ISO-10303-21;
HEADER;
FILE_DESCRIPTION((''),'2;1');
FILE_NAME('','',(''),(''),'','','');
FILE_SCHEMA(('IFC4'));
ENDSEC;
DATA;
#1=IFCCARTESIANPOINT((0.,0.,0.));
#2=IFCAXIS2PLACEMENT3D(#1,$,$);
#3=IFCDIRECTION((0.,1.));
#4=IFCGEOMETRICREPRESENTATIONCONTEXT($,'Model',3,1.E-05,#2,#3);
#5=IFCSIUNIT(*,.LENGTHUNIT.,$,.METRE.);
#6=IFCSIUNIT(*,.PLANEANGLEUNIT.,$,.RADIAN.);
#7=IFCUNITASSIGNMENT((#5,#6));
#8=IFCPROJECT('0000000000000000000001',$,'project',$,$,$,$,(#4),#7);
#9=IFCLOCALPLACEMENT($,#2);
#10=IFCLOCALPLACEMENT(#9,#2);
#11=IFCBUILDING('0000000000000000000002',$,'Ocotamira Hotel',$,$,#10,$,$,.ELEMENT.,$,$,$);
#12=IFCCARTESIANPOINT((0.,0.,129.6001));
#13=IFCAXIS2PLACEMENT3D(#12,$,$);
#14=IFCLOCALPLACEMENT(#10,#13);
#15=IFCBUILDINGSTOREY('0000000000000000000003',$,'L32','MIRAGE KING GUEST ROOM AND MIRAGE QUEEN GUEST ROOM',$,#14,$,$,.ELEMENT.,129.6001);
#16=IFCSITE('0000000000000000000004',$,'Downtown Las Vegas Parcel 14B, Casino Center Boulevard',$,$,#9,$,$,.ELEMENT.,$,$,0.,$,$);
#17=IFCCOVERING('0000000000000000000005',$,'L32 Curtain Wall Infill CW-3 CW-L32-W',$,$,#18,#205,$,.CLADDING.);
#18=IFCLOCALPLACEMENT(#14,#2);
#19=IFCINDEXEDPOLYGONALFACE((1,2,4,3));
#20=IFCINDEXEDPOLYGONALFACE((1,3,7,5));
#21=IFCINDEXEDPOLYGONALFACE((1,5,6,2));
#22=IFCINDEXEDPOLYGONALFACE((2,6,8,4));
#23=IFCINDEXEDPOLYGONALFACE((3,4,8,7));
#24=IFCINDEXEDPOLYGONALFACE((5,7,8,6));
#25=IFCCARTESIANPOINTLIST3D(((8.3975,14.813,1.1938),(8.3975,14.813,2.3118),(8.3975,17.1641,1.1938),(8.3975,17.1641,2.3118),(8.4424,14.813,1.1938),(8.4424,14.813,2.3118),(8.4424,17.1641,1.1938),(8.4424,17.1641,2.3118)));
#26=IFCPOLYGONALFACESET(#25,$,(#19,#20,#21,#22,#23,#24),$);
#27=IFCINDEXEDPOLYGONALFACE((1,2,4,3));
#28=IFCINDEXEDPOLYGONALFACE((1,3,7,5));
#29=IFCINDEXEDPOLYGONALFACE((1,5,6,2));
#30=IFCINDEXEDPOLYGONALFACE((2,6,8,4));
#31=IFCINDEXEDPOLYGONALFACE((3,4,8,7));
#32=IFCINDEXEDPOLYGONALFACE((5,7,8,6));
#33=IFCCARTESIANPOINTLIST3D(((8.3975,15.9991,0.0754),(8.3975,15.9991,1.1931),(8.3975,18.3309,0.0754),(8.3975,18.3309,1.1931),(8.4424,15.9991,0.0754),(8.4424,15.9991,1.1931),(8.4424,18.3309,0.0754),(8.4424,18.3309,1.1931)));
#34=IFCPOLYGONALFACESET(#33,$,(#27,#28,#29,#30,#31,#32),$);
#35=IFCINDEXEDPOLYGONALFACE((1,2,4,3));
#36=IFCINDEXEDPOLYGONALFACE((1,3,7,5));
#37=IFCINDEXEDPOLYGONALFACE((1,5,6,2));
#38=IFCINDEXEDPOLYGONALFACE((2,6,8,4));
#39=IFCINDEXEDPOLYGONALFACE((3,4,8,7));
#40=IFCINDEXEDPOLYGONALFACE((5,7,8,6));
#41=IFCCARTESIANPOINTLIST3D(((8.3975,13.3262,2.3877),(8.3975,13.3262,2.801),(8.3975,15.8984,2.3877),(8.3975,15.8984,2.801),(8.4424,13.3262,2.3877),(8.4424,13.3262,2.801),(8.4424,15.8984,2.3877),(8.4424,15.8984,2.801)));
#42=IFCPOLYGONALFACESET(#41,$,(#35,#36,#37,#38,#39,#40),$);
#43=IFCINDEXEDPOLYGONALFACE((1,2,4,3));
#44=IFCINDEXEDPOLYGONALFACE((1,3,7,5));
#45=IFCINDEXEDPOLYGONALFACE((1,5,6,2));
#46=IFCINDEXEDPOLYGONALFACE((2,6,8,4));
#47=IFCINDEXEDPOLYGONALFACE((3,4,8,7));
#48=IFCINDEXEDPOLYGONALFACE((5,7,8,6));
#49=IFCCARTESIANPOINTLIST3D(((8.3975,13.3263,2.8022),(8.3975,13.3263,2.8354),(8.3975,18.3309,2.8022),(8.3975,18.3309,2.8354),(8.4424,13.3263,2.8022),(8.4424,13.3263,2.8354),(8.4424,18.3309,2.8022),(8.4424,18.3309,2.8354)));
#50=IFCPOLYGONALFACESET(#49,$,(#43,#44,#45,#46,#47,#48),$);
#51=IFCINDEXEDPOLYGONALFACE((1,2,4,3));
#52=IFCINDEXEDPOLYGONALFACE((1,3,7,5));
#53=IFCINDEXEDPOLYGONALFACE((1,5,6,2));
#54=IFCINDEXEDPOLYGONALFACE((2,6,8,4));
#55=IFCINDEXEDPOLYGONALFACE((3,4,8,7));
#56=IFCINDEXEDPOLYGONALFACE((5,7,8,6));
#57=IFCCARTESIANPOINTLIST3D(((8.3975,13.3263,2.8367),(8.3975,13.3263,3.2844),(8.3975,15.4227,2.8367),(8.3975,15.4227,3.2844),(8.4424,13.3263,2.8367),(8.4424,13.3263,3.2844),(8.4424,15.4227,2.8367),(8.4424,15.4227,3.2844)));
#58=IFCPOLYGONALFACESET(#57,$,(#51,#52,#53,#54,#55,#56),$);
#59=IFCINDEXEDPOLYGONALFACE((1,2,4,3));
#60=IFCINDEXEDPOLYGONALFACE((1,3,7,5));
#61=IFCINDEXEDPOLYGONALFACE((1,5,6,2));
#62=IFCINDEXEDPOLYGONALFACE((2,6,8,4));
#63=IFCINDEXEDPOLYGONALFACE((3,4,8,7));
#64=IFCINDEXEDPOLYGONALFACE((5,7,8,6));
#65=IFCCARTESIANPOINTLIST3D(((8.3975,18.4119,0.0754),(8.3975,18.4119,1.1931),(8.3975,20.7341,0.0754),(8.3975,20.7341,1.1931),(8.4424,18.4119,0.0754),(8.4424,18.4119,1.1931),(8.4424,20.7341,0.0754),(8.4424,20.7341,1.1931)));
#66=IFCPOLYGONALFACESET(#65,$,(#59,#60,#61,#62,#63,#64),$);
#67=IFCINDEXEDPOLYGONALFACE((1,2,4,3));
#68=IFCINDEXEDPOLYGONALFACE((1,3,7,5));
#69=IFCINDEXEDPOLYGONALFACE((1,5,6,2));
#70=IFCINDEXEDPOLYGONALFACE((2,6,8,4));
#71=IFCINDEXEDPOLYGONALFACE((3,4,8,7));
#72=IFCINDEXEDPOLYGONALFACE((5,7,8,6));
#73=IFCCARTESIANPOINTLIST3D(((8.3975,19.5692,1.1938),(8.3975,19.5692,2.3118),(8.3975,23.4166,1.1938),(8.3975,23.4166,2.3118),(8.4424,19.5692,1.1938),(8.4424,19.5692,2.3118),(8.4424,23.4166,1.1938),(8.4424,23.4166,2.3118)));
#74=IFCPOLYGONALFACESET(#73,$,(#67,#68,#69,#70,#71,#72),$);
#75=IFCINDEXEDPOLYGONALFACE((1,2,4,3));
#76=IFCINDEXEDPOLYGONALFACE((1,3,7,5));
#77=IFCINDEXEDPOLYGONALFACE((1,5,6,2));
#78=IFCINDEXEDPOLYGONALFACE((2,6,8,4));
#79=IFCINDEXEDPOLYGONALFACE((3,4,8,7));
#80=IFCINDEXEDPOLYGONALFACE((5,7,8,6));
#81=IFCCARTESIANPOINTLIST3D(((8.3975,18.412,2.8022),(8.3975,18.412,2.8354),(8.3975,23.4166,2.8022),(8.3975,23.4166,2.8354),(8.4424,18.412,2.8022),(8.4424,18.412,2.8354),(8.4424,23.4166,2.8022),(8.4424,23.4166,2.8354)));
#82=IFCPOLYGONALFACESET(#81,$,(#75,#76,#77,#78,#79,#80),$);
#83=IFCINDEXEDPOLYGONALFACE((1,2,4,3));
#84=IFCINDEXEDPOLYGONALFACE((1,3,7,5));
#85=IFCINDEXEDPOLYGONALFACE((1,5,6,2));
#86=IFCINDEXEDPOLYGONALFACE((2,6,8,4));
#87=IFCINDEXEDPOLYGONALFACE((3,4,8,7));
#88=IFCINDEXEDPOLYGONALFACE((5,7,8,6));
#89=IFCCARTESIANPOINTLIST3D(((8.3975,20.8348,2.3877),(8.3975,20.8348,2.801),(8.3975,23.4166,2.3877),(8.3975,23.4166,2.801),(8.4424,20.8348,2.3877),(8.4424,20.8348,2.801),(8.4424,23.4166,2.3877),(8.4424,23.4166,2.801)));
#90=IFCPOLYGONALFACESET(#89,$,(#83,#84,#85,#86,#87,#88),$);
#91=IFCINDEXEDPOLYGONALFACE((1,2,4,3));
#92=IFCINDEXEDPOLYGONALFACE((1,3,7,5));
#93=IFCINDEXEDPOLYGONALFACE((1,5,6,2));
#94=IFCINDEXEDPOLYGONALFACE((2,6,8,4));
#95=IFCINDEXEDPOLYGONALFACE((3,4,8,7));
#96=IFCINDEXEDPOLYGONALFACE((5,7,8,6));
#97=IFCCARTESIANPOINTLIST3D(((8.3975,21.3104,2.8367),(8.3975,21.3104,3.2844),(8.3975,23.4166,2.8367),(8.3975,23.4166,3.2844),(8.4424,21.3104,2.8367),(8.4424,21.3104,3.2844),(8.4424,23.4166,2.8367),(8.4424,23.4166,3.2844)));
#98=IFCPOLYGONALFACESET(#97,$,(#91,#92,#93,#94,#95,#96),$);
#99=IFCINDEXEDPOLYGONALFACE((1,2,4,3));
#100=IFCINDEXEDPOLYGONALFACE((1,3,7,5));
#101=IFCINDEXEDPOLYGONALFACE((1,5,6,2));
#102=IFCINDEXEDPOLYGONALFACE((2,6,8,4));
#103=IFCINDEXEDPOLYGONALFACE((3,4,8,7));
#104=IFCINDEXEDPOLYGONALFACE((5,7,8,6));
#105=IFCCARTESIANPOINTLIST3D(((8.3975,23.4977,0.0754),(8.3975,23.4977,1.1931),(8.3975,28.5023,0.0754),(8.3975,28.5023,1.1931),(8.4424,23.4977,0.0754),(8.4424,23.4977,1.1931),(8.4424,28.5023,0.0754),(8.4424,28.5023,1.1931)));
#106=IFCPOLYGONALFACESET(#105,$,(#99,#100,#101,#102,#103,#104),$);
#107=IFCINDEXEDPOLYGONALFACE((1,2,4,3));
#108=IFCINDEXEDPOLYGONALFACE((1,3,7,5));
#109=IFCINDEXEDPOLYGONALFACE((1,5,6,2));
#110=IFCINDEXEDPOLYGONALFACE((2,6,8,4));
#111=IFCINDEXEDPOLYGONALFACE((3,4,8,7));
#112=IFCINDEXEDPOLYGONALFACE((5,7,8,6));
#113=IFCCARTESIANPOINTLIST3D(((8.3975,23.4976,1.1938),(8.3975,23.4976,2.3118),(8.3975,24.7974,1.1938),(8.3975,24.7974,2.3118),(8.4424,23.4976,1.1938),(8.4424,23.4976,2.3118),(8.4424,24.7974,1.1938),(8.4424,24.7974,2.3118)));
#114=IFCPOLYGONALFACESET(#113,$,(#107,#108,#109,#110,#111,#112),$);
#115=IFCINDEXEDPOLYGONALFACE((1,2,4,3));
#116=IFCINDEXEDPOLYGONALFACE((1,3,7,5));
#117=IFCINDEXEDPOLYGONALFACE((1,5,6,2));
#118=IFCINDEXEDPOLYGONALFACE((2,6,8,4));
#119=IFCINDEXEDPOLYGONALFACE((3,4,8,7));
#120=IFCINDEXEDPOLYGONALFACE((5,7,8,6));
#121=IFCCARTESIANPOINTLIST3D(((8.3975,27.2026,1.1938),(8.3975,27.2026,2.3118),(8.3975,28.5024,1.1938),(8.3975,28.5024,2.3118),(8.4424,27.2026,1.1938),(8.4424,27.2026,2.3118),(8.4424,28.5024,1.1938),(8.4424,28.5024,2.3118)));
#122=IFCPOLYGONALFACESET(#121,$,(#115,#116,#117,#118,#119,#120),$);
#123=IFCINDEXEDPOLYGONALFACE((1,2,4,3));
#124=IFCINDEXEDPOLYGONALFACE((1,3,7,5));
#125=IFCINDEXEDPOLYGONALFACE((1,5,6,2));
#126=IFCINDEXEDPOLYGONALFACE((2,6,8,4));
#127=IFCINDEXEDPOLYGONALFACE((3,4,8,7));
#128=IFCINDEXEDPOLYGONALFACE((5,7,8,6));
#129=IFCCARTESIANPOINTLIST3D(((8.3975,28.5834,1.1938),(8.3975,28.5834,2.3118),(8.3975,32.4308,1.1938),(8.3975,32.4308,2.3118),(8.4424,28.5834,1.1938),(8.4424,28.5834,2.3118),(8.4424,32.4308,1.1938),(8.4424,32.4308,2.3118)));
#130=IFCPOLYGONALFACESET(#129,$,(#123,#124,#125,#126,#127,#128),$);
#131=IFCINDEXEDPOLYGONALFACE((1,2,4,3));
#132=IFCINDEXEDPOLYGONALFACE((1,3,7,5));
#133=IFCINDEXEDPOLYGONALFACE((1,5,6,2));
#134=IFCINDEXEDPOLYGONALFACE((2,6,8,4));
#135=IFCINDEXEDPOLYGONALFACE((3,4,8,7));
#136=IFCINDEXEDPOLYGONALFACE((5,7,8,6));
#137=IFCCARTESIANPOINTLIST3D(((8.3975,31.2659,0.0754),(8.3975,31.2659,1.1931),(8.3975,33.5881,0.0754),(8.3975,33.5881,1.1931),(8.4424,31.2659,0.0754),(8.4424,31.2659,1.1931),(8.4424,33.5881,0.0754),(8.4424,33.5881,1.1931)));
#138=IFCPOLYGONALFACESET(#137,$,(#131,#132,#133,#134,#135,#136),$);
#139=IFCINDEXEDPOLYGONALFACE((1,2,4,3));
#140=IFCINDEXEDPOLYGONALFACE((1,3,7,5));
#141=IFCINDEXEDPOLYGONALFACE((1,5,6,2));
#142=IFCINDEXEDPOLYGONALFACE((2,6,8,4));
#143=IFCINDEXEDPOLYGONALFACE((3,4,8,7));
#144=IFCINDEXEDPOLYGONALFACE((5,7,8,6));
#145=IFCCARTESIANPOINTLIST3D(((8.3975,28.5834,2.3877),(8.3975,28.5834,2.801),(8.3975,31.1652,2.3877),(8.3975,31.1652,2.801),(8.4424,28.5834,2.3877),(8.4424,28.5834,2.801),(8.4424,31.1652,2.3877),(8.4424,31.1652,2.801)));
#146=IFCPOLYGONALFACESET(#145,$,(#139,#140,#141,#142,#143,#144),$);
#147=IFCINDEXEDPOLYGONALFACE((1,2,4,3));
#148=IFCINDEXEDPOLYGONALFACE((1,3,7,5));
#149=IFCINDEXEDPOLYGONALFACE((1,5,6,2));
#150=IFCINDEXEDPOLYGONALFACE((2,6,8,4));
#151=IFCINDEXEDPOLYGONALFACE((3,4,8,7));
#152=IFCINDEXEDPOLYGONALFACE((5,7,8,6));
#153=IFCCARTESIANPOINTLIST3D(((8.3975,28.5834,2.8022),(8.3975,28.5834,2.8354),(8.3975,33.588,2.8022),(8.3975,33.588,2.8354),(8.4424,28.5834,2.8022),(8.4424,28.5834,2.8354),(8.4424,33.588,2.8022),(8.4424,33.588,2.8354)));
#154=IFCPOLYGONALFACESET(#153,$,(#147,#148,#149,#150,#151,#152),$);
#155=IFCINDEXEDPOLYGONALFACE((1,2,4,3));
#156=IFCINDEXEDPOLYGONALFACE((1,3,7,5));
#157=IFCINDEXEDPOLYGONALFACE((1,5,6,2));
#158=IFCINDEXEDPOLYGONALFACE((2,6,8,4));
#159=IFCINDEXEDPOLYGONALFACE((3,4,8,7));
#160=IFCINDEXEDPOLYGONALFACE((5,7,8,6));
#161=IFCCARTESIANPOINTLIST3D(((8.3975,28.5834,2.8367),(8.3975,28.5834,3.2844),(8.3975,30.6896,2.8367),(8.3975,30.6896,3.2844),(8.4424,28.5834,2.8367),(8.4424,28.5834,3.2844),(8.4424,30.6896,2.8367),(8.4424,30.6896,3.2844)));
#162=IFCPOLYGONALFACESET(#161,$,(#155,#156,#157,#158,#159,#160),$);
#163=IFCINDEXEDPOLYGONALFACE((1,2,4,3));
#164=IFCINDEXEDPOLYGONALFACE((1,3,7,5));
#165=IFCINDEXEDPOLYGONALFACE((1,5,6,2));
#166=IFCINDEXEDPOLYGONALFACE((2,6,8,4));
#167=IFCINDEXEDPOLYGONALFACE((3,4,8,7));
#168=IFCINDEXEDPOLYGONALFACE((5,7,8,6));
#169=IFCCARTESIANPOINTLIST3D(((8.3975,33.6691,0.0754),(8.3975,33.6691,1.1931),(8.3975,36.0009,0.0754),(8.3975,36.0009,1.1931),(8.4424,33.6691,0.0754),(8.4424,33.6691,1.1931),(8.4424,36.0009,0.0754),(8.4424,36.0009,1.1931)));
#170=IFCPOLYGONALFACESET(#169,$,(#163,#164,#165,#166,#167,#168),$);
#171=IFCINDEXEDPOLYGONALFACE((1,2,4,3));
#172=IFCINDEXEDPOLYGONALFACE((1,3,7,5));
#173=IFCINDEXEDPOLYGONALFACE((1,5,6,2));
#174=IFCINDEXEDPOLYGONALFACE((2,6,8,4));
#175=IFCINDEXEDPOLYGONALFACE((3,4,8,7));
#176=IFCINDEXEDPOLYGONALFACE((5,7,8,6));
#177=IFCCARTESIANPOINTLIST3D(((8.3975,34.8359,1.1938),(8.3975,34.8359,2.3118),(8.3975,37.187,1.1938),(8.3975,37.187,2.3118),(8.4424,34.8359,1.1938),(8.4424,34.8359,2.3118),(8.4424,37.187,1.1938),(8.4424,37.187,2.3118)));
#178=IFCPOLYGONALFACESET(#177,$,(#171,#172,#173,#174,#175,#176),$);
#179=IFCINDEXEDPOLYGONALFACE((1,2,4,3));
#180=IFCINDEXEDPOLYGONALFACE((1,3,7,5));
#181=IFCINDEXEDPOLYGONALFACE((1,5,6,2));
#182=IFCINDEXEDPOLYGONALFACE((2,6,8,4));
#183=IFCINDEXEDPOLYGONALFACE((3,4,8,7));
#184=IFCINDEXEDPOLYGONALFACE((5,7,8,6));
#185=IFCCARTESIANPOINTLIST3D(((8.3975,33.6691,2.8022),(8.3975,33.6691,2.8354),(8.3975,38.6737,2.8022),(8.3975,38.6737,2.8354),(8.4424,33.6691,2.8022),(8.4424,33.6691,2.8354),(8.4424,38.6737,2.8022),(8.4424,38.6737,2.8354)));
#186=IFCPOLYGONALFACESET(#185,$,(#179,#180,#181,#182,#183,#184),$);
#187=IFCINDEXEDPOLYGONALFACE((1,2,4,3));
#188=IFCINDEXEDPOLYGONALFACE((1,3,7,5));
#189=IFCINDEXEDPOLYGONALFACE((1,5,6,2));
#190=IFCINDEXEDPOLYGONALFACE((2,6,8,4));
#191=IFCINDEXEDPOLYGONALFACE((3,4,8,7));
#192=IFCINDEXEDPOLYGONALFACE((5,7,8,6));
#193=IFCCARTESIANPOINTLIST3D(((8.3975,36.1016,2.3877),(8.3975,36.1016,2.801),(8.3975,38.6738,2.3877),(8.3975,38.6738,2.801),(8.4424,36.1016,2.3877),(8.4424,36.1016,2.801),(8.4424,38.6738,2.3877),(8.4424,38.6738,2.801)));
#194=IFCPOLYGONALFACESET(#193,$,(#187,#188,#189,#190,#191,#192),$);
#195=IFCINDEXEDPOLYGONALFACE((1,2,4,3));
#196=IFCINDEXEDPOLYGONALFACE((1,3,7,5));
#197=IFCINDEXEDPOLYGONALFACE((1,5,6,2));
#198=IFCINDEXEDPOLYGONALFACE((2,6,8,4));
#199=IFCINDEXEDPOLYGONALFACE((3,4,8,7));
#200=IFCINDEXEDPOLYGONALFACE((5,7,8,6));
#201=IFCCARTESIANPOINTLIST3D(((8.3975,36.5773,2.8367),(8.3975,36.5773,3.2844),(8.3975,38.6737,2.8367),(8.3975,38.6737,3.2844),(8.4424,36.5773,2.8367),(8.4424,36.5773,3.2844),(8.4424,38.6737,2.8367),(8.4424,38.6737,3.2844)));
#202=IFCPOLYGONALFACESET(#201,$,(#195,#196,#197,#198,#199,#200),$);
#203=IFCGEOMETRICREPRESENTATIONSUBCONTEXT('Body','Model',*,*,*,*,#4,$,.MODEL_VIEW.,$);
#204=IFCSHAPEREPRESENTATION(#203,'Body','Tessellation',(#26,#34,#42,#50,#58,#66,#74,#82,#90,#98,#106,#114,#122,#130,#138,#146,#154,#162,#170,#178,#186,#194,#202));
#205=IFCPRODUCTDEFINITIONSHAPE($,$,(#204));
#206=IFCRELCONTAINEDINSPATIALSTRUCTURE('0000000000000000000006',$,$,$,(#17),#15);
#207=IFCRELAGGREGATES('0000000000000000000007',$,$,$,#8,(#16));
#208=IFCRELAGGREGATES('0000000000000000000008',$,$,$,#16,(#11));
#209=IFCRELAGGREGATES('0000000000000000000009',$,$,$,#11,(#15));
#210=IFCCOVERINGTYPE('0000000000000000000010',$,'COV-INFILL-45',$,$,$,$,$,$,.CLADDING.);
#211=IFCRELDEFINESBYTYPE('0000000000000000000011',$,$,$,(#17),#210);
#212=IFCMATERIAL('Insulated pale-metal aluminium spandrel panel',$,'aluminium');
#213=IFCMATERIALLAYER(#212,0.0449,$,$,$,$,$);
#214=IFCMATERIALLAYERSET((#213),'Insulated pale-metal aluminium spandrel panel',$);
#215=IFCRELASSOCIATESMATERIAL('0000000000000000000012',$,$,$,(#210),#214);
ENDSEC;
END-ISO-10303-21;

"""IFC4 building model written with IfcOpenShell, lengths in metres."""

from ifc_helpers import new_model, si_unit, direction, frame, origin, origin_2d, place, context, subcontext, project, spatial, rectangle, extrude, material, layer, layer_set, type_object, element, save


model = new_model("IFC4")

# Units and contexts
model_context = context("Model", 3, precision=1e-05, world=origin(), true_north=direction((0.0, 1.0)))
body_context = subcontext(model_context, "Body", "Model", "MODEL_VIEW")
ifc_project = project(units=[si_unit("LENGTHUNIT", "METRE"), si_unit("PLANEANGLEUNIT", "RADIAN")], contexts=[model_context])

# Site, building, storey
site_placement = place(None, origin())
site = spatial("IfcSite", under=ifc_project, at=site_placement, Name="Downtown Las Vegas Parcel 14B, Casino Center Boulevard", CompositionType="ELEMENT", RefElevation=0.0)
building_placement = place(site_placement, origin())
building = spatial("IfcBuilding", under=site, at=building_placement, Name="Ocotamira Hotel", CompositionType="ELEMENT")
storey_placement = place(building_placement, frame((0.0, 0.0, 129.6001)))
storey = spatial("IfcBuildingStorey", under=building, at=storey_placement, Name="L32", Description="MIRAGE KING GUEST ROOM AND MIRAGE QUEEN GUEST ROOM", CompositionType="ELEMENT", Elevation=129.6001)

# Covering
ifc_material_1 = material(Name="Insulated pale-metal aluminium spandrel panel", Category="aluminium")
ifc_layer_1 = layer(ifc_material_1, 0.0449)
ifc_layer_set_1 = layer_set([ifc_layer_1], Name="Insulated pale-metal aluminium spandrel panel")
covering_type_1 = type_object("IfcCoveringType", Name="COV-INFILL-45", PredefinedType="CLADDING", material=ifc_layer_set_1)
covering_1_placement = place(storey_placement, origin())
element("IfcCovering", 1, at=covering_1_placement, inside=storey, type_object=covering_type_1, Name="L32 Curtain Wall Infill CW-3 CW-L32-W", PredefinedType="CLADDING", context=body_context, shape_type="SweptSolid", body=[
    extrude(rectangle(XDim=2.3511, YDim=0.0449, at=origin_2d()), frame((8.4199, 15.9885, 1.1938), z_axis=(0.0, 0.0, 1.0), x_axis=(0.0, 1.0, 0.0)), (0.0, 0.0, 1.0), 1.1179),
    extrude(rectangle(XDim=2.3318, YDim=0.0449, at=origin_2d()), frame((8.4199, 17.165, 0.0754), z_axis=(0.0, 0.0, 1.0), x_axis=(0.0, 1.0, 0.0)), (0.0, 0.0, 1.0), 1.1177),
    extrude(rectangle(XDim=2.5723, YDim=0.0449, at=origin_2d()), frame((8.4199, 14.6123, 2.3877), z_axis=(0.0, 0.0, 1.0), x_axis=(0.0, 1.0, 0.0)), (0.0, 0.0, 1.0), 0.4133),
    extrude(rectangle(XDim=5.0046, YDim=0.0449, at=origin_2d()), frame((8.4199, 15.8286, 2.8022), z_axis=(0.0, 0.0, 1.0), x_axis=(0.0, 1.0, 0.0)), (0.0, 0.0, 1.0), 0.0332),
    extrude(rectangle(XDim=2.0964, YDim=0.0449, at=origin_2d()), frame((8.4199, 14.3745, 2.8367), z_axis=(0.0, 0.0, 1.0), x_axis=(0.0, 1.0, 0.0)), (0.0, 0.0, 1.0), 0.4478),
    extrude(rectangle(XDim=2.3223, YDim=0.0449, at=origin_2d()), frame((8.4199, 19.573, 0.0754), z_axis=(0.0, 0.0, 1.0), x_axis=(0.0, 1.0, 0.0)), (0.0, 0.0, 1.0), 1.1177),
    extrude(rectangle(XDim=3.8474, YDim=0.0449, at=origin_2d()), frame((8.4199, 21.4929, 1.1938), z_axis=(0.0, 0.0, 1.0), x_axis=(0.0, 1.0, 0.0)), (0.0, 0.0, 1.0), 1.1179),
    extrude(rectangle(XDim=5.0046, YDim=0.0449, at=origin_2d()), frame((8.4199, 20.9143, 2.8022), z_axis=(0.0, 0.0, 1.0), x_axis=(0.0, 1.0, 0.0)), (0.0, 0.0, 1.0), 0.0332),
    extrude(rectangle(XDim=2.5818, YDim=0.0449, at=origin_2d()), frame((8.4199, 22.1257, 2.3877), z_axis=(0.0, 0.0, 1.0), x_axis=(0.0, 1.0, 0.0)), (0.0, 0.0, 1.0), 0.4133),
    extrude(rectangle(XDim=2.1062, YDim=0.0449, at=origin_2d()), frame((8.4199, 22.3635, 2.8367), z_axis=(0.0, 0.0, 1.0), x_axis=(0.0, 1.0, 0.0)), (0.0, 0.0, 1.0), 0.4478),
    extrude(rectangle(XDim=5.0046, YDim=0.0449, at=origin_2d()), frame((8.4199, 26.0, 0.0754), z_axis=(0.0, 0.0, 1.0), x_axis=(0.0, 1.0, 0.0)), (0.0, 0.0, 1.0), 1.1177),
    extrude(rectangle(XDim=1.2998, YDim=0.0449, at=origin_2d()), frame((8.4199, 24.1475, 1.1938), z_axis=(0.0, 0.0, 1.0), x_axis=(0.0, 1.0, 0.0)), (0.0, 0.0, 1.0), 1.1179),
    extrude(rectangle(XDim=1.2998, YDim=0.0449, at=origin_2d()), frame((8.4199, 27.8525, 1.1938), z_axis=(0.0, 0.0, 1.0), x_axis=(0.0, 1.0, 0.0)), (0.0, 0.0, 1.0), 1.1179),
    extrude(rectangle(XDim=3.8474, YDim=0.0449, at=origin_2d()), frame((8.4199, 30.5071, 1.1938), z_axis=(0.0, 0.0, 1.0), x_axis=(0.0, 1.0, 0.0)), (0.0, 0.0, 1.0), 1.1179),
    extrude(rectangle(XDim=2.3223, YDim=0.0449, at=origin_2d()), frame((8.4199, 32.427, 0.0754), z_axis=(0.0, 0.0, 1.0), x_axis=(0.0, 1.0, 0.0)), (0.0, 0.0, 1.0), 1.1177),
    extrude(rectangle(XDim=2.5818, YDim=0.0449, at=origin_2d()), frame((8.4199, 29.8743, 2.3877), z_axis=(0.0, 0.0, 1.0), x_axis=(0.0, 1.0, 0.0)), (0.0, 0.0, 1.0), 0.4133),
    extrude(rectangle(XDim=5.0046, YDim=0.0449, at=origin_2d()), frame((8.4199, 31.0857, 2.8022), z_axis=(0.0, 0.0, 1.0), x_axis=(0.0, 1.0, 0.0)), (0.0, 0.0, 1.0), 0.0332),
    extrude(rectangle(XDim=2.1062, YDim=0.0449, at=origin_2d()), frame((8.4199, 29.6365, 2.8367), z_axis=(0.0, 0.0, 1.0), x_axis=(0.0, 1.0, 0.0)), (0.0, 0.0, 1.0), 0.4478),
    extrude(rectangle(XDim=2.3318, YDim=0.0449, at=origin_2d()), frame((8.4199, 34.835, 0.0754), z_axis=(0.0, 0.0, 1.0), x_axis=(0.0, 1.0, 0.0)), (0.0, 0.0, 1.0), 1.1177),
    extrude(rectangle(XDim=2.3511, YDim=0.0449, at=origin_2d()), frame((8.4199, 36.0115, 1.1938), z_axis=(0.0, 0.0, 1.0), x_axis=(0.0, 1.0, 0.0)), (0.0, 0.0, 1.0), 1.1179),
    extrude(rectangle(XDim=5.0046, YDim=0.0449, at=origin_2d()), frame((8.4199, 36.1714, 2.8022), z_axis=(0.0, 0.0, 1.0), x_axis=(0.0, 1.0, 0.0)), (0.0, 0.0, 1.0), 0.0332),
    extrude(rectangle(XDim=2.5723, YDim=0.0449, at=origin_2d()), frame((8.4199, 37.3877, 2.3877), z_axis=(0.0, 0.0, 1.0), x_axis=(0.0, 1.0, 0.0)), (0.0, 0.0, 1.0), 0.4133),
    extrude(rectangle(XDim=2.0964, YDim=0.0449, at=origin_2d()), frame((8.4199, 37.6255, 2.8367), z_axis=(0.0, 0.0, 1.0), x_axis=(0.0, 1.0, 0.0)), (0.0, 0.0, 1.0), 0.4478),
])

save(model, "model.ifc")
